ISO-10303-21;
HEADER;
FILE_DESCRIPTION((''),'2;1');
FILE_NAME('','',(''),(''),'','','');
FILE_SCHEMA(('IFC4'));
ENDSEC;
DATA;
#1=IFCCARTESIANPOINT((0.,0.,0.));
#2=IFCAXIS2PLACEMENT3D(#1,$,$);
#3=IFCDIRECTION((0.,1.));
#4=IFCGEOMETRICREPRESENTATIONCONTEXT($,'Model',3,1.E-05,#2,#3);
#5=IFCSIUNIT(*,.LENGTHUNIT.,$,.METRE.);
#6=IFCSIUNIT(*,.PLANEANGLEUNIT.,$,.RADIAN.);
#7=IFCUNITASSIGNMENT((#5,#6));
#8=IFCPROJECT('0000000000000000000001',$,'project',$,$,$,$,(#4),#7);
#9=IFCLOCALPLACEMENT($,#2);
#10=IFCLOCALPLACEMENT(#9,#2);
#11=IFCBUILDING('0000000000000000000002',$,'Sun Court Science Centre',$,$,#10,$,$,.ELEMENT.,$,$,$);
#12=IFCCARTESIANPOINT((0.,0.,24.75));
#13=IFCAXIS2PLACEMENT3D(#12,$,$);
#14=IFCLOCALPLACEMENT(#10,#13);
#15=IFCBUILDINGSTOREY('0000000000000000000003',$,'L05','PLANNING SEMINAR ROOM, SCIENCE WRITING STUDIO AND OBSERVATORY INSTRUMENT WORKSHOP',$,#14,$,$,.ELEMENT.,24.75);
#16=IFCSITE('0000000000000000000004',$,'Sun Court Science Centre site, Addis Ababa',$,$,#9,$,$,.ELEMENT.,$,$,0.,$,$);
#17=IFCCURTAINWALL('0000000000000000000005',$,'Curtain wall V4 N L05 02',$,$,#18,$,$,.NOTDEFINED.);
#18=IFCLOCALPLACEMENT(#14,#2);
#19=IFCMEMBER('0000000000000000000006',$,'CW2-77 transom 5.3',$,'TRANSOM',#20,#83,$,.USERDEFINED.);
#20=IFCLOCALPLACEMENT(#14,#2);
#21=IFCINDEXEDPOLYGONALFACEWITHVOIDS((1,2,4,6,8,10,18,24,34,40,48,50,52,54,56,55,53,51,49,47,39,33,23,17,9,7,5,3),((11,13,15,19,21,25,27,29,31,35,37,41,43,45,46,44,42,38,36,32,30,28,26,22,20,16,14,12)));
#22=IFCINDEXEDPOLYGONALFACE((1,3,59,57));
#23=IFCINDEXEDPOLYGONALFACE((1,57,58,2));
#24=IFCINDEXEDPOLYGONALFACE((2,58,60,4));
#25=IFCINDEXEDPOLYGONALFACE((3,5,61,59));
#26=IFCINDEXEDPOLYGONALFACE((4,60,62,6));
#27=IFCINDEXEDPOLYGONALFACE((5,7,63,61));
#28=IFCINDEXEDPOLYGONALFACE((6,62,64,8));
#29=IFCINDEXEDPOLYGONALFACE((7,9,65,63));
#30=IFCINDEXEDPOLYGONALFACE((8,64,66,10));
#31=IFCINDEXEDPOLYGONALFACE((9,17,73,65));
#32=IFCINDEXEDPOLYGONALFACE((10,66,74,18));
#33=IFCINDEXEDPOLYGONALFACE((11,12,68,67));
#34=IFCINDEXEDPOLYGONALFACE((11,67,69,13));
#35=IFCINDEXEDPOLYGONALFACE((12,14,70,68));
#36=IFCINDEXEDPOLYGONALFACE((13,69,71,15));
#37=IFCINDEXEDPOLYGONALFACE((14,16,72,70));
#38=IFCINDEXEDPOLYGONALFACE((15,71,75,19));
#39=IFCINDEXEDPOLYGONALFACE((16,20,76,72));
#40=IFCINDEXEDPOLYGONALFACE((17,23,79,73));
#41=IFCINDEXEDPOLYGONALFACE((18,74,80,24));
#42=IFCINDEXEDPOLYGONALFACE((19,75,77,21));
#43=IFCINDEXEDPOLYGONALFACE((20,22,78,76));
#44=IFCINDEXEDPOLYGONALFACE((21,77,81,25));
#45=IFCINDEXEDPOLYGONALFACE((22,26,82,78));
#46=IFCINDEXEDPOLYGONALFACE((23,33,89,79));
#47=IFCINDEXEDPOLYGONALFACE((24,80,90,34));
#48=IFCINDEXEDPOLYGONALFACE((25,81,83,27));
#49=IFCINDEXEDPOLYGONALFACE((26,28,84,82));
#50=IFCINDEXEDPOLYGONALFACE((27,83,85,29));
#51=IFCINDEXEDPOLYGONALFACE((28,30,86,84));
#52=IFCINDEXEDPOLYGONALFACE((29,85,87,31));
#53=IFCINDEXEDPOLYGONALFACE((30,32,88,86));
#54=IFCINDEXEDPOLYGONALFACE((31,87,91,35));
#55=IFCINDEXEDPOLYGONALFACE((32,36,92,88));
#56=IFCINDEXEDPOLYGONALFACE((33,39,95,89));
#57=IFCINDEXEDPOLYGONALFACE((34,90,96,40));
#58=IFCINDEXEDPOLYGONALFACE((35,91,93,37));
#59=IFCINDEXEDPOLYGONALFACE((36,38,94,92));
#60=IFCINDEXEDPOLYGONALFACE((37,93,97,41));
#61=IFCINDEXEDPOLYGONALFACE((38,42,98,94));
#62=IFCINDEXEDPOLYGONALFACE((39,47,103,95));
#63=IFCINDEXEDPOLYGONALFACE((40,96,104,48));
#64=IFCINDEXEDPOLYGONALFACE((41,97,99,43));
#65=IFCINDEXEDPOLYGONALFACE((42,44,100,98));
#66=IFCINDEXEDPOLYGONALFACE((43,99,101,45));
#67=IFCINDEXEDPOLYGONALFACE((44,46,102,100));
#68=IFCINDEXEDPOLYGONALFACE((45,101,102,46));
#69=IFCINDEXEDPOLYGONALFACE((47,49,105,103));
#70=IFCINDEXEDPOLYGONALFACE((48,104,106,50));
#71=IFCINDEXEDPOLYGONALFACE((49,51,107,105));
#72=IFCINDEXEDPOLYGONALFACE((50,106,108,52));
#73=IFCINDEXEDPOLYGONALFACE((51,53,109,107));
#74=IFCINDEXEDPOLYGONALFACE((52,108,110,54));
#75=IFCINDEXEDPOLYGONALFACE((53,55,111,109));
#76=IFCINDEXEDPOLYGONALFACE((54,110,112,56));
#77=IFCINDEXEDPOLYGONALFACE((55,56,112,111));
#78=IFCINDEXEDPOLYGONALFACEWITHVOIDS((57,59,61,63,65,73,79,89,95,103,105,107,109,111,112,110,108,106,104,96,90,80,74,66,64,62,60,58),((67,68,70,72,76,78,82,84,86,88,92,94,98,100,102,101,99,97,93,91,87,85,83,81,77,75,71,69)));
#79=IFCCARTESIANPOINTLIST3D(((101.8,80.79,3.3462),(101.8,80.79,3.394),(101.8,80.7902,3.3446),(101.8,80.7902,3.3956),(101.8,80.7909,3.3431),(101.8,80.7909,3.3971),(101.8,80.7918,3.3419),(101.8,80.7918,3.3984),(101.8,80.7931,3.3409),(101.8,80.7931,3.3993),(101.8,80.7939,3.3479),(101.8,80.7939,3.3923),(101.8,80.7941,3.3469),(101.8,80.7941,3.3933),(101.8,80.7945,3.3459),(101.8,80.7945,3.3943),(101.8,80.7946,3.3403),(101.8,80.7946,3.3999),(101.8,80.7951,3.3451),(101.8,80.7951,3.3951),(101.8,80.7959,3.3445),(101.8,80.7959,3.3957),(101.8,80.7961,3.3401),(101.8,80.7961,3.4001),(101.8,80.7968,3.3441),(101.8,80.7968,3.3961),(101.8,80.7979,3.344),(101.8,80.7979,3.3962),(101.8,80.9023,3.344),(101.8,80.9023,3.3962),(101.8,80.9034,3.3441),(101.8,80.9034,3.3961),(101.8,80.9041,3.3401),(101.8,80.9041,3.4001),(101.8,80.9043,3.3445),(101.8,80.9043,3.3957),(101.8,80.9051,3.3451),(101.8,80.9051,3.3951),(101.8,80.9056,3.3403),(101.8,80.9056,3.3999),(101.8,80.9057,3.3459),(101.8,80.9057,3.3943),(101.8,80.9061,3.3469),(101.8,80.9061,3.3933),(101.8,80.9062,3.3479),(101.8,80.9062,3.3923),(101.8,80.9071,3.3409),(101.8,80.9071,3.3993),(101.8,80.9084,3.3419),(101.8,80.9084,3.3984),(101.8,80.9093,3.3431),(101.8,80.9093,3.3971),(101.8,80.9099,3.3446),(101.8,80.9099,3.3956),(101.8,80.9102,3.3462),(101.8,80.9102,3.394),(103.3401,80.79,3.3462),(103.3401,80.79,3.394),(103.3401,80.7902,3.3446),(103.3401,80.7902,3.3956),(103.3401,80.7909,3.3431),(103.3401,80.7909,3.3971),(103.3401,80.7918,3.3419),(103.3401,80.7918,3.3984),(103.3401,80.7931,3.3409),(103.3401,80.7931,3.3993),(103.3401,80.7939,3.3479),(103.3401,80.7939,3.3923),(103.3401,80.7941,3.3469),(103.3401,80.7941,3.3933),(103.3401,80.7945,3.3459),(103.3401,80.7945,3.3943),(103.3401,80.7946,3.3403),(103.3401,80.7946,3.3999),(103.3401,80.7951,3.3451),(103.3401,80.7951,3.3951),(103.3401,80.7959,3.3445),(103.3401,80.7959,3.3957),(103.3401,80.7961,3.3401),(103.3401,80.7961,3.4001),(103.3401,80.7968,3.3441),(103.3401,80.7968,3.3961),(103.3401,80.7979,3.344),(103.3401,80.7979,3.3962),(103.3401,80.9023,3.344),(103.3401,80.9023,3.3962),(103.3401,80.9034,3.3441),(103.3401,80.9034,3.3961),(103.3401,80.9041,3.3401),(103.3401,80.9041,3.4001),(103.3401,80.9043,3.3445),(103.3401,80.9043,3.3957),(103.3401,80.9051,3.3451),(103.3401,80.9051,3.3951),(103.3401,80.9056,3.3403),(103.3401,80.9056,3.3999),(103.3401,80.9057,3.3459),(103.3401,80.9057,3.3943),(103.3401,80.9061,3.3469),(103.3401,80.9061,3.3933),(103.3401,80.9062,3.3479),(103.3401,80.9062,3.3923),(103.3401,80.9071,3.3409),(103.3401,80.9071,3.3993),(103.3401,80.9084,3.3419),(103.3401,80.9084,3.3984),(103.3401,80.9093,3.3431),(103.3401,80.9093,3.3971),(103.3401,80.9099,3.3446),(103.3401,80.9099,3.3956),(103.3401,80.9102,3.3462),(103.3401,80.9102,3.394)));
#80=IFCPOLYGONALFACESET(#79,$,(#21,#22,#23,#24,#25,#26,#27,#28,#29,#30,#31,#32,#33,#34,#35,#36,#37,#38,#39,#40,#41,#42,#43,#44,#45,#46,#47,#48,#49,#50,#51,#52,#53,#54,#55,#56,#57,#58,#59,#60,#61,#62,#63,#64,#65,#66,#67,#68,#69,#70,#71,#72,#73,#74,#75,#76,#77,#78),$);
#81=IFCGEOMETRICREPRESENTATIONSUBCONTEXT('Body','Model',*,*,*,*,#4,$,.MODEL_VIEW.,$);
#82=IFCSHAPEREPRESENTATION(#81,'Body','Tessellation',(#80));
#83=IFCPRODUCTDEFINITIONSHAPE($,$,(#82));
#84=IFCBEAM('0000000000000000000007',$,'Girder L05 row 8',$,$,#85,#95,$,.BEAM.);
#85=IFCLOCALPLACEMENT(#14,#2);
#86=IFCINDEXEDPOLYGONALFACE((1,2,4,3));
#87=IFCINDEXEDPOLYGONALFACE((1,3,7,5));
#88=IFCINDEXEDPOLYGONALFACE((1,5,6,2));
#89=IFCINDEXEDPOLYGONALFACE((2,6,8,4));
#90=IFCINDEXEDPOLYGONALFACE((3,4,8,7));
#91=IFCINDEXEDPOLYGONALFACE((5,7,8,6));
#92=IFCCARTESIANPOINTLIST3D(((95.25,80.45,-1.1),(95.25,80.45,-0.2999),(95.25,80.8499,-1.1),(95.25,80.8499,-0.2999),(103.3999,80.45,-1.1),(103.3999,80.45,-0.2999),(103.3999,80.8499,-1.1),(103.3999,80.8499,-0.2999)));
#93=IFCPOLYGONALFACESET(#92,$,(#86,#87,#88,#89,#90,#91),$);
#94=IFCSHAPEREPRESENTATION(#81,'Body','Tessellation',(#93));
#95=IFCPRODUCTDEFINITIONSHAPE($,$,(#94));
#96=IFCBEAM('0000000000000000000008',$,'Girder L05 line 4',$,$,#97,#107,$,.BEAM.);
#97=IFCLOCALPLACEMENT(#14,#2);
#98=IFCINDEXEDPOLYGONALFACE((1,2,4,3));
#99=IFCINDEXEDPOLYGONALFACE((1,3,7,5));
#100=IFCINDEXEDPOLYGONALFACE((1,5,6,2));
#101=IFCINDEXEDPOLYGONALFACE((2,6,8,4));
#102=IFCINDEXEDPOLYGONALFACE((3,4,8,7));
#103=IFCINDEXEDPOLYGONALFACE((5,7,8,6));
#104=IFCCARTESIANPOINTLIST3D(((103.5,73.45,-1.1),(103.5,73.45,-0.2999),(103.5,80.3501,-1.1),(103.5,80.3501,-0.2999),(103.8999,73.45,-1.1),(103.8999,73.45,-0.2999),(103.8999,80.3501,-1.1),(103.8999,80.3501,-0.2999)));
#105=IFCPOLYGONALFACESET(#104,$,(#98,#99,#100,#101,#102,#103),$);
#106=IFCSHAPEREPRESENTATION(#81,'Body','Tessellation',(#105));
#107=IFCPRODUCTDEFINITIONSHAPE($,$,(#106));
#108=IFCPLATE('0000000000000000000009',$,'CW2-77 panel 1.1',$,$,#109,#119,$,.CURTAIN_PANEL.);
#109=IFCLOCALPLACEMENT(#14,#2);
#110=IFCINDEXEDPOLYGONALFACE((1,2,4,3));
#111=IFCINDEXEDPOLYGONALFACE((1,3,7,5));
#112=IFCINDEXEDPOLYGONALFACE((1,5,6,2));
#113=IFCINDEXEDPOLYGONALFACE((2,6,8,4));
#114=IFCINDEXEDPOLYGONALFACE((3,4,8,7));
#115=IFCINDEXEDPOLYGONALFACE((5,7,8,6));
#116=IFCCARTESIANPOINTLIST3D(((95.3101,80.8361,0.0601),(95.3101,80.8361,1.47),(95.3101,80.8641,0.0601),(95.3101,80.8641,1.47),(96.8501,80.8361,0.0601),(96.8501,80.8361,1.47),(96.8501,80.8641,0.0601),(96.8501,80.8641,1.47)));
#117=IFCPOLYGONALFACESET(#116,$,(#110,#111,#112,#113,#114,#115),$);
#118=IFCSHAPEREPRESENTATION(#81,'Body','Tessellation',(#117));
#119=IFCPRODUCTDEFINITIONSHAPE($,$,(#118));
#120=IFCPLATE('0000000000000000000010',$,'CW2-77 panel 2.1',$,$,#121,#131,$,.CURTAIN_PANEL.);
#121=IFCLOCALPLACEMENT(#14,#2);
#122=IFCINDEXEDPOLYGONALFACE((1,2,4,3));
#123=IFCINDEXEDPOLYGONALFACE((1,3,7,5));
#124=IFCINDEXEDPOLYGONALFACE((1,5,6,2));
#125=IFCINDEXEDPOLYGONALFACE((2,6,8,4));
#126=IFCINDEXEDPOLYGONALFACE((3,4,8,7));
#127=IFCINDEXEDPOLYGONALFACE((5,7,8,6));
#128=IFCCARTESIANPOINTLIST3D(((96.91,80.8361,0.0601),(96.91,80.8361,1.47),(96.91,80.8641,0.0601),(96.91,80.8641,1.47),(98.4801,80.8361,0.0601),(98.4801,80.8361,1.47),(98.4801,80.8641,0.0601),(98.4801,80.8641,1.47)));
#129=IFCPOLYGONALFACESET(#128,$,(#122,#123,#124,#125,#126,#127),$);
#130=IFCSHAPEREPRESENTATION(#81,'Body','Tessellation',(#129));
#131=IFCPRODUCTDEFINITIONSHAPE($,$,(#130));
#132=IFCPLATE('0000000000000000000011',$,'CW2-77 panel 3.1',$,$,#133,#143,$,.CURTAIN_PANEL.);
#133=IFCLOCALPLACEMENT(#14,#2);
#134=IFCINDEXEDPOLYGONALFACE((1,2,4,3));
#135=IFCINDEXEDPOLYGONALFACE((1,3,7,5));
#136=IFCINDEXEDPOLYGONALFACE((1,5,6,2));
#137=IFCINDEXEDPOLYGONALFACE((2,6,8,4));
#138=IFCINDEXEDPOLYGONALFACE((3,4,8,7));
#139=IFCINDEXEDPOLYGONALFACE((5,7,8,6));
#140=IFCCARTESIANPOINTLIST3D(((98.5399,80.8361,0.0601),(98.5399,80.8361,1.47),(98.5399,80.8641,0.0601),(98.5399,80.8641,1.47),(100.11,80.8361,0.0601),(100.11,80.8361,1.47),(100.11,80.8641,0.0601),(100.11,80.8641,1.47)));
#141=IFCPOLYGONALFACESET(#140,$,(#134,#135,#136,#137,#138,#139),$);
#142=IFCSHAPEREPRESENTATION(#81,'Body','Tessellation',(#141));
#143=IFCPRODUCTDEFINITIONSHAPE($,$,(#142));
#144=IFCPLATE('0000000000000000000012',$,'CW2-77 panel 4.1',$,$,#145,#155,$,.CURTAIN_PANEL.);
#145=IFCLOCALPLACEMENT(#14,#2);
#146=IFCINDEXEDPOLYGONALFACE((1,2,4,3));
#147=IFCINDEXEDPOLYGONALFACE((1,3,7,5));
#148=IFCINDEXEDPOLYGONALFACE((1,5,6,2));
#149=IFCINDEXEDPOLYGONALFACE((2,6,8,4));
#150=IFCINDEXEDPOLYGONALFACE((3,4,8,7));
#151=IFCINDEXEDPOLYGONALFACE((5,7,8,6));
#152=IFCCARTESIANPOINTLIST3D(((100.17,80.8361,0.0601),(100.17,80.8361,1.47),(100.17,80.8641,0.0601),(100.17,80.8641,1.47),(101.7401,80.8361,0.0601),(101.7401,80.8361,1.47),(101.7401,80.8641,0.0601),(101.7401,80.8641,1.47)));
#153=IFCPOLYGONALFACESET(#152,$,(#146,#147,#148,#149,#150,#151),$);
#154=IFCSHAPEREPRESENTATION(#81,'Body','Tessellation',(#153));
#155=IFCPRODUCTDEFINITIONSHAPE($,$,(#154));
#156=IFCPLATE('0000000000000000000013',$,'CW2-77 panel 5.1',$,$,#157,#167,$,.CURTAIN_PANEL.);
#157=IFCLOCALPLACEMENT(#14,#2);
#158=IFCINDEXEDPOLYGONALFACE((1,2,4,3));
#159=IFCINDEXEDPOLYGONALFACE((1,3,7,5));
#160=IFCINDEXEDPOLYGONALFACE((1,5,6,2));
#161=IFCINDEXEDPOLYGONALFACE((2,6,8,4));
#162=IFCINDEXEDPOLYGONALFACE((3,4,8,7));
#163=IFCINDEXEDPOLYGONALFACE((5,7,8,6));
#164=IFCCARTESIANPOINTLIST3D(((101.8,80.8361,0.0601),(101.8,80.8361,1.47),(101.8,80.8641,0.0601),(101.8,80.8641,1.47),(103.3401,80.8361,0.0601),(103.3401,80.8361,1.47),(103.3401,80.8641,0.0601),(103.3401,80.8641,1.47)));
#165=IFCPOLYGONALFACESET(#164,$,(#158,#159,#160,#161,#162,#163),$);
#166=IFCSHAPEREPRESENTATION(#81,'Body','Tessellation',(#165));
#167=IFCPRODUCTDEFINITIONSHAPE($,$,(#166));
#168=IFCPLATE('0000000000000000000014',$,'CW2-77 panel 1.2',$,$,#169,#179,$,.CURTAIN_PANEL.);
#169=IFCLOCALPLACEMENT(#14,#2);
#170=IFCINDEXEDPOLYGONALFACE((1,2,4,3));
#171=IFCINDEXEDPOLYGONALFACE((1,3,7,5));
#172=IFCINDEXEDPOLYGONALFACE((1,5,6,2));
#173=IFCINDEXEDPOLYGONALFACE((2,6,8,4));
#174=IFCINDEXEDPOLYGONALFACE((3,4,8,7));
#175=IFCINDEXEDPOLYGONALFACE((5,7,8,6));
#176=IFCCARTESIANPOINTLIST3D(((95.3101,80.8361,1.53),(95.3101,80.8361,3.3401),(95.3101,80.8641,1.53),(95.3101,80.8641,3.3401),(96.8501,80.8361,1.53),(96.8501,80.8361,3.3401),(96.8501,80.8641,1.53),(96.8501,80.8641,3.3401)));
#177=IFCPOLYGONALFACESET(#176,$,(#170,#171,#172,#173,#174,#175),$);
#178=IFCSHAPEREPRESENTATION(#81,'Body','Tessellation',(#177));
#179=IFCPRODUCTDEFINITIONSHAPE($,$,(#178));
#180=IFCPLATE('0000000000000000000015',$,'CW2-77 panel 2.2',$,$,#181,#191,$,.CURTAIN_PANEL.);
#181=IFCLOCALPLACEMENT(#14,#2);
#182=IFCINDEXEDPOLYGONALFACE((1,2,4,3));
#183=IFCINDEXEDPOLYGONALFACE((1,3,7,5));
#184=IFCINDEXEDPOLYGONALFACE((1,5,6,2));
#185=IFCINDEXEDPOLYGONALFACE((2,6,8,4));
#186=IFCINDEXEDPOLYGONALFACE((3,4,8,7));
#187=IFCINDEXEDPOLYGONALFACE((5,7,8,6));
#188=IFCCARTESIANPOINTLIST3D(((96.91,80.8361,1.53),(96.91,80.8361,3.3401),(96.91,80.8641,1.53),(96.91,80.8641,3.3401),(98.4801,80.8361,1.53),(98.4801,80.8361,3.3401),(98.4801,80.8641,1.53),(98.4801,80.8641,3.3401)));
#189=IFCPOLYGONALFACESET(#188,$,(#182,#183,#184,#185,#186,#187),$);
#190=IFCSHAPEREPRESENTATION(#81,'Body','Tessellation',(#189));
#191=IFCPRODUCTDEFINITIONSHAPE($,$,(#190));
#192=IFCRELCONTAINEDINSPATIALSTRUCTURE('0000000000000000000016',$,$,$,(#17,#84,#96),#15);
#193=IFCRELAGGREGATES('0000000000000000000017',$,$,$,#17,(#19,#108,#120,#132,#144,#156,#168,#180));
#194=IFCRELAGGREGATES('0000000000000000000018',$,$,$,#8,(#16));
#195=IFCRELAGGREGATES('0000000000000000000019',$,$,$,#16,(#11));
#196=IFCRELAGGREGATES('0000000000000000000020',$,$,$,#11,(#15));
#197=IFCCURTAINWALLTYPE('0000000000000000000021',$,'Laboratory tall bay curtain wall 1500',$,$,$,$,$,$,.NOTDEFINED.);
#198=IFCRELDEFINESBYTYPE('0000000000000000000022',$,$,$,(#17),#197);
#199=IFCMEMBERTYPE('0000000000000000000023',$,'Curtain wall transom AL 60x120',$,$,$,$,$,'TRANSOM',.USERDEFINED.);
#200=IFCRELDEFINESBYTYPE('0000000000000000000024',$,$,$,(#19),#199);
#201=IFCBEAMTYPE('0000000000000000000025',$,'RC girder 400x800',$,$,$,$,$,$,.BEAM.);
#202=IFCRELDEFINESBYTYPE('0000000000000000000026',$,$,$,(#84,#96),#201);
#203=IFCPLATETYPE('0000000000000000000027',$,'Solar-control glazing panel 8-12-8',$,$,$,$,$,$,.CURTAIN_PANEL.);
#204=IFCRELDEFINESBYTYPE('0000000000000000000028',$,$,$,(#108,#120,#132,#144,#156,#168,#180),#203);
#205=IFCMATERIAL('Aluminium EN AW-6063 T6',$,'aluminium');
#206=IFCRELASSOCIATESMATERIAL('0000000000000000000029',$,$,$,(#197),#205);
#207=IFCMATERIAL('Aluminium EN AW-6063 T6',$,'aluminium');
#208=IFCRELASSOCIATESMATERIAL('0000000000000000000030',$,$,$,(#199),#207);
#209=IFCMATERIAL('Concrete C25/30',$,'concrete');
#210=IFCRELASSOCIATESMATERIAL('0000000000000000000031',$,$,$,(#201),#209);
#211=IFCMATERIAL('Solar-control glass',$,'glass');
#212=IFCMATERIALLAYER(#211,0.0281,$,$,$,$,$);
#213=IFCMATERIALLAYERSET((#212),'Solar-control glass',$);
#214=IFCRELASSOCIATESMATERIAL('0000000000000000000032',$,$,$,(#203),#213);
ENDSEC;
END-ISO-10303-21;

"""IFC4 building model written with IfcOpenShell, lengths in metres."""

from ifc_helpers import new_model, si_unit, direction, frame, origin, origin_2d, place, context, subcontext, project, spatial, rectangle, hollow_rectangle, extrude, material, layer, layer_set, material_profile, profile_set, type_object, element, aggregate, save


model = new_model("IFC4")

# Units and contexts
model_context = context("Model", 3, precision=1e-05, world=origin(), true_north=direction((0.0, 1.0)))
body_context = subcontext(model_context, "Body", "Model", "MODEL_VIEW")
ifc_project = project(units=[si_unit("LENGTHUNIT", "METRE"), si_unit("PLANEANGLEUNIT", "RADIAN")], contexts=[model_context])

# Site, building, storey
site_placement = place(None, origin())
site = spatial("IfcSite", under=ifc_project, at=site_placement, Name="Sun Court Science Centre site, Addis Ababa", CompositionType="ELEMENT", RefElevation=0.0)
building_placement = place(site_placement, origin())
building = spatial("IfcBuilding", under=site, at=building_placement, Name="Sun Court Science Centre", CompositionType="ELEMENT")
storey_placement = place(building_placement, frame((0.0, 0.0, 24.75)))
storey = spatial("IfcBuildingStorey", under=building, at=storey_placement, Name="L05", Description="PLANNING SEMINAR ROOM, SCIENCE WRITING STUDIO AND OBSERVATORY INSTRUMENT WORKSHOP", CompositionType="ELEMENT", Elevation=24.75)

# Curtain wall, member
ifc_material_1 = material(Name="Aluminium EN AW-6063 T6", Category="aluminium")
curtain_wall_type = type_object("IfcCurtainWallType", Name="Laboratory tall bay curtain wall 1500", PredefinedType="NOTDEFINED", material=ifc_material_1)
curtain_wall_placement = place(storey_placement, origin())
curtain_wall = element("IfcCurtainWall", 1, at=curtain_wall_placement, inside=storey, type_object=curtain_wall_type, Name="Curtain wall V4 N L05 02", PredefinedType="NOTDEFINED")
ifc_material_2 = material(Name="Aluminium EN AW-6063 T6", Category="aluminium")
ifc_material_profile_1 = material_profile(ifc_material_2, hollow_rectangle(XDim=0.0601, YDim=0.1201, WallThickness=0.0039, InnerFilletRadius=0.0039, OuterFilletRadius=0.0061, at=origin_2d()), Name="AL 60x120x4")
ifc_profile_set_1 = profile_set([ifc_material_profile_1], Name="Aluminium EN AW-6063 T6")
member_type_1 = type_object("IfcMemberType", Name="Curtain wall transom AL 60x120", ElementType="TRANSOM", PredefinedType="USERDEFINED", material=ifc_profile_set_1)
member_1_placement = place(storey_placement, frame((101.8, 80.8501, 3.3701), z_axis=(1.0, 0.0, 0.0), x_axis=(0.0, 0.0, 1.0)))
member_1 = element("IfcMember", 2, at=member_1_placement, type_object=member_type_1, Name="CW2-77 transom 5.3", ObjectType="TRANSOM", PredefinedType="USERDEFINED", context=body_context, shape_type="SweptSolid", body=[
    extrude(hollow_rectangle(XDim=0.0601, YDim=0.1201, WallThickness=0.0039, InnerFilletRadius=0.0039, OuterFilletRadius=0.0061, at=origin_2d()), origin(), (0.0, 0.0, 1.0), 1.54),
])

# Beams
ifc_material_3 = material(Name="Concrete C25/30", Category="concrete")
ifc_material_profile_2 = material_profile(ifc_material_3, rectangle(XDim=0.3999, YDim=0.8, at=origin_2d()), Name="RC 400x800")
ifc_profile_set_2 = profile_set([ifc_material_profile_2], Name="Concrete C25/30")
beam_type = type_object("IfcBeamType", Name="RC girder 400x800", PredefinedType="BEAM", material=ifc_profile_set_2)
beam_1_placement = place(storey_placement, frame((95.25, 80.6499, -0.7), z_axis=(1.0, 0.0, 0.0), x_axis=(0.0, 1.0, 0.0)))
element("IfcBeam", 3, at=beam_1_placement, inside=storey, type_object=beam_type, Name="Girder L05 row 8", PredefinedType="BEAM", context=body_context, shape_type="SweptSolid", body=[
    extrude(rectangle(XDim=0.3999, YDim=0.8, at=origin_2d()), origin(), (0.0, 0.0, 1.0), 8.1499),
])
beam_2_placement = place(storey_placement, frame((103.7, 73.45, -0.7), z_axis=(0.0, 1.0, 0.0), x_axis=(-1.0, 0.0, 0.0)))
element("IfcBeam", 4, at=beam_2_placement, inside=storey, type_object=beam_type, Name="Girder L05 line 4", PredefinedType="BEAM", context=body_context, shape_type="SweptSolid", body=[
    extrude(rectangle(XDim=0.3999, YDim=0.8, at=origin_2d()), origin(), (0.0, 0.0, 1.0), 6.9001),
])

# Plates
ifc_material_4 = material(Name="Solar-control glass", Category="glass")
ifc_layer_1 = layer(ifc_material_4, 0.0281)
ifc_layer_set_1 = layer_set([ifc_layer_1], Name="Solar-control glass")
plate_type = type_object("IfcPlateType", Name="Solar-control glazing panel 8-12-8", PredefinedType="CURTAIN_PANEL", material=ifc_layer_set_1)
plate_1_placement = place(storey_placement, frame((96.0801, 80.8501, 0.0601), z_axis=(0.0, 0.0, 1.0), x_axis=(1.0, 0.0, 0.0)))
plate_1 = element("IfcPlate", 5, at=plate_1_placement, type_object=plate_type, Name="CW2-77 panel 1.1", PredefinedType="CURTAIN_PANEL", context=body_context, shape_type="SweptSolid", body=[
    extrude(rectangle(XDim=1.54, YDim=0.0281, at=origin_2d()), origin(), (0.0, 0.0, 1.0), 1.4099),
])
plate_2_placement = place(storey_placement, frame((97.6951, 80.8501, 0.0601), z_axis=(0.0, 0.0, 1.0), x_axis=(1.0, 0.0, 0.0)))
plate_2 = element("IfcPlate", 6, at=plate_2_placement, type_object=plate_type, Name="CW2-77 panel 2.1", PredefinedType="CURTAIN_PANEL", context=body_context, shape_type="SweptSolid", body=[
    extrude(rectangle(XDim=1.5701, YDim=0.0281, at=origin_2d()), origin(), (0.0, 0.0, 1.0), 1.4099),
])
plate_3_placement = place(storey_placement, frame((99.325, 80.8501, 0.0601), z_axis=(0.0, 0.0, 1.0), x_axis=(1.0, 0.0, 0.0)))
plate_3 = element("IfcPlate", 7, at=plate_3_placement, type_object=plate_type, Name="CW2-77 panel 3.1", PredefinedType="CURTAIN_PANEL", context=body_context, shape_type="SweptSolid", body=[
    extrude(rectangle(XDim=1.5701, YDim=0.0281, at=origin_2d()), origin(), (0.0, 0.0, 1.0), 1.4099),
])
plate_4_placement = place(storey_placement, frame((100.9551, 80.8501, 0.0601), z_axis=(0.0, 0.0, 1.0), x_axis=(1.0, 0.0, 0.0)))
plate_4 = element("IfcPlate", 8, at=plate_4_placement, type_object=plate_type, Name="CW2-77 panel 4.1", PredefinedType="CURTAIN_PANEL", context=body_context, shape_type="SweptSolid", body=[
    extrude(rectangle(XDim=1.5701, YDim=0.0281, at=origin_2d()), origin(), (0.0, 0.0, 1.0), 1.4099),
])
plate_5_placement = place(storey_placement, frame((102.5701, 80.8501, 0.0601), z_axis=(0.0, 0.0, 1.0), x_axis=(1.0, 0.0, 0.0)))
plate_5 = element("IfcPlate", 9, at=plate_5_placement, type_object=plate_type, Name="CW2-77 panel 5.1", PredefinedType="CURTAIN_PANEL", context=body_context, shape_type="SweptSolid", body=[
    extrude(rectangle(XDim=1.54, YDim=0.0281, at=origin_2d()), origin(), (0.0, 0.0, 1.0), 1.4099),
])
plate_6_placement = place(storey_placement, frame((96.0801, 80.8501, 1.53), z_axis=(0.0, 0.0, 1.0), x_axis=(1.0, 0.0, 0.0)))
plate_6 = element("IfcPlate", 10, at=plate_6_placement, type_object=plate_type, Name="CW2-77 panel 1.2", PredefinedType="CURTAIN_PANEL", context=body_context, shape_type="SweptSolid", body=[
    extrude(rectangle(XDim=1.54, YDim=0.0281, at=origin_2d()), origin(), (0.0, 0.0, 1.0), 1.8101),
])
plate_7_placement = place(storey_placement, frame((97.6951, 80.8501, 1.53), z_axis=(0.0, 0.0, 1.0), x_axis=(1.0, 0.0, 0.0)))
plate_7 = element("IfcPlate", 11, at=plate_7_placement, type_object=plate_type, Name="CW2-77 panel 2.2", PredefinedType="CURTAIN_PANEL", context=body_context, shape_type="SweptSolid", body=[
    extrude(rectangle(XDim=1.5701, YDim=0.0281, at=origin_2d()), origin(), (0.0, 0.0, 1.0), 1.8101),
])
aggregate(curtain_wall, [member_1, plate_1, plate_2, plate_3, plate_4, plate_5, plate_6, plate_7])

save(model, "model.ifc")
